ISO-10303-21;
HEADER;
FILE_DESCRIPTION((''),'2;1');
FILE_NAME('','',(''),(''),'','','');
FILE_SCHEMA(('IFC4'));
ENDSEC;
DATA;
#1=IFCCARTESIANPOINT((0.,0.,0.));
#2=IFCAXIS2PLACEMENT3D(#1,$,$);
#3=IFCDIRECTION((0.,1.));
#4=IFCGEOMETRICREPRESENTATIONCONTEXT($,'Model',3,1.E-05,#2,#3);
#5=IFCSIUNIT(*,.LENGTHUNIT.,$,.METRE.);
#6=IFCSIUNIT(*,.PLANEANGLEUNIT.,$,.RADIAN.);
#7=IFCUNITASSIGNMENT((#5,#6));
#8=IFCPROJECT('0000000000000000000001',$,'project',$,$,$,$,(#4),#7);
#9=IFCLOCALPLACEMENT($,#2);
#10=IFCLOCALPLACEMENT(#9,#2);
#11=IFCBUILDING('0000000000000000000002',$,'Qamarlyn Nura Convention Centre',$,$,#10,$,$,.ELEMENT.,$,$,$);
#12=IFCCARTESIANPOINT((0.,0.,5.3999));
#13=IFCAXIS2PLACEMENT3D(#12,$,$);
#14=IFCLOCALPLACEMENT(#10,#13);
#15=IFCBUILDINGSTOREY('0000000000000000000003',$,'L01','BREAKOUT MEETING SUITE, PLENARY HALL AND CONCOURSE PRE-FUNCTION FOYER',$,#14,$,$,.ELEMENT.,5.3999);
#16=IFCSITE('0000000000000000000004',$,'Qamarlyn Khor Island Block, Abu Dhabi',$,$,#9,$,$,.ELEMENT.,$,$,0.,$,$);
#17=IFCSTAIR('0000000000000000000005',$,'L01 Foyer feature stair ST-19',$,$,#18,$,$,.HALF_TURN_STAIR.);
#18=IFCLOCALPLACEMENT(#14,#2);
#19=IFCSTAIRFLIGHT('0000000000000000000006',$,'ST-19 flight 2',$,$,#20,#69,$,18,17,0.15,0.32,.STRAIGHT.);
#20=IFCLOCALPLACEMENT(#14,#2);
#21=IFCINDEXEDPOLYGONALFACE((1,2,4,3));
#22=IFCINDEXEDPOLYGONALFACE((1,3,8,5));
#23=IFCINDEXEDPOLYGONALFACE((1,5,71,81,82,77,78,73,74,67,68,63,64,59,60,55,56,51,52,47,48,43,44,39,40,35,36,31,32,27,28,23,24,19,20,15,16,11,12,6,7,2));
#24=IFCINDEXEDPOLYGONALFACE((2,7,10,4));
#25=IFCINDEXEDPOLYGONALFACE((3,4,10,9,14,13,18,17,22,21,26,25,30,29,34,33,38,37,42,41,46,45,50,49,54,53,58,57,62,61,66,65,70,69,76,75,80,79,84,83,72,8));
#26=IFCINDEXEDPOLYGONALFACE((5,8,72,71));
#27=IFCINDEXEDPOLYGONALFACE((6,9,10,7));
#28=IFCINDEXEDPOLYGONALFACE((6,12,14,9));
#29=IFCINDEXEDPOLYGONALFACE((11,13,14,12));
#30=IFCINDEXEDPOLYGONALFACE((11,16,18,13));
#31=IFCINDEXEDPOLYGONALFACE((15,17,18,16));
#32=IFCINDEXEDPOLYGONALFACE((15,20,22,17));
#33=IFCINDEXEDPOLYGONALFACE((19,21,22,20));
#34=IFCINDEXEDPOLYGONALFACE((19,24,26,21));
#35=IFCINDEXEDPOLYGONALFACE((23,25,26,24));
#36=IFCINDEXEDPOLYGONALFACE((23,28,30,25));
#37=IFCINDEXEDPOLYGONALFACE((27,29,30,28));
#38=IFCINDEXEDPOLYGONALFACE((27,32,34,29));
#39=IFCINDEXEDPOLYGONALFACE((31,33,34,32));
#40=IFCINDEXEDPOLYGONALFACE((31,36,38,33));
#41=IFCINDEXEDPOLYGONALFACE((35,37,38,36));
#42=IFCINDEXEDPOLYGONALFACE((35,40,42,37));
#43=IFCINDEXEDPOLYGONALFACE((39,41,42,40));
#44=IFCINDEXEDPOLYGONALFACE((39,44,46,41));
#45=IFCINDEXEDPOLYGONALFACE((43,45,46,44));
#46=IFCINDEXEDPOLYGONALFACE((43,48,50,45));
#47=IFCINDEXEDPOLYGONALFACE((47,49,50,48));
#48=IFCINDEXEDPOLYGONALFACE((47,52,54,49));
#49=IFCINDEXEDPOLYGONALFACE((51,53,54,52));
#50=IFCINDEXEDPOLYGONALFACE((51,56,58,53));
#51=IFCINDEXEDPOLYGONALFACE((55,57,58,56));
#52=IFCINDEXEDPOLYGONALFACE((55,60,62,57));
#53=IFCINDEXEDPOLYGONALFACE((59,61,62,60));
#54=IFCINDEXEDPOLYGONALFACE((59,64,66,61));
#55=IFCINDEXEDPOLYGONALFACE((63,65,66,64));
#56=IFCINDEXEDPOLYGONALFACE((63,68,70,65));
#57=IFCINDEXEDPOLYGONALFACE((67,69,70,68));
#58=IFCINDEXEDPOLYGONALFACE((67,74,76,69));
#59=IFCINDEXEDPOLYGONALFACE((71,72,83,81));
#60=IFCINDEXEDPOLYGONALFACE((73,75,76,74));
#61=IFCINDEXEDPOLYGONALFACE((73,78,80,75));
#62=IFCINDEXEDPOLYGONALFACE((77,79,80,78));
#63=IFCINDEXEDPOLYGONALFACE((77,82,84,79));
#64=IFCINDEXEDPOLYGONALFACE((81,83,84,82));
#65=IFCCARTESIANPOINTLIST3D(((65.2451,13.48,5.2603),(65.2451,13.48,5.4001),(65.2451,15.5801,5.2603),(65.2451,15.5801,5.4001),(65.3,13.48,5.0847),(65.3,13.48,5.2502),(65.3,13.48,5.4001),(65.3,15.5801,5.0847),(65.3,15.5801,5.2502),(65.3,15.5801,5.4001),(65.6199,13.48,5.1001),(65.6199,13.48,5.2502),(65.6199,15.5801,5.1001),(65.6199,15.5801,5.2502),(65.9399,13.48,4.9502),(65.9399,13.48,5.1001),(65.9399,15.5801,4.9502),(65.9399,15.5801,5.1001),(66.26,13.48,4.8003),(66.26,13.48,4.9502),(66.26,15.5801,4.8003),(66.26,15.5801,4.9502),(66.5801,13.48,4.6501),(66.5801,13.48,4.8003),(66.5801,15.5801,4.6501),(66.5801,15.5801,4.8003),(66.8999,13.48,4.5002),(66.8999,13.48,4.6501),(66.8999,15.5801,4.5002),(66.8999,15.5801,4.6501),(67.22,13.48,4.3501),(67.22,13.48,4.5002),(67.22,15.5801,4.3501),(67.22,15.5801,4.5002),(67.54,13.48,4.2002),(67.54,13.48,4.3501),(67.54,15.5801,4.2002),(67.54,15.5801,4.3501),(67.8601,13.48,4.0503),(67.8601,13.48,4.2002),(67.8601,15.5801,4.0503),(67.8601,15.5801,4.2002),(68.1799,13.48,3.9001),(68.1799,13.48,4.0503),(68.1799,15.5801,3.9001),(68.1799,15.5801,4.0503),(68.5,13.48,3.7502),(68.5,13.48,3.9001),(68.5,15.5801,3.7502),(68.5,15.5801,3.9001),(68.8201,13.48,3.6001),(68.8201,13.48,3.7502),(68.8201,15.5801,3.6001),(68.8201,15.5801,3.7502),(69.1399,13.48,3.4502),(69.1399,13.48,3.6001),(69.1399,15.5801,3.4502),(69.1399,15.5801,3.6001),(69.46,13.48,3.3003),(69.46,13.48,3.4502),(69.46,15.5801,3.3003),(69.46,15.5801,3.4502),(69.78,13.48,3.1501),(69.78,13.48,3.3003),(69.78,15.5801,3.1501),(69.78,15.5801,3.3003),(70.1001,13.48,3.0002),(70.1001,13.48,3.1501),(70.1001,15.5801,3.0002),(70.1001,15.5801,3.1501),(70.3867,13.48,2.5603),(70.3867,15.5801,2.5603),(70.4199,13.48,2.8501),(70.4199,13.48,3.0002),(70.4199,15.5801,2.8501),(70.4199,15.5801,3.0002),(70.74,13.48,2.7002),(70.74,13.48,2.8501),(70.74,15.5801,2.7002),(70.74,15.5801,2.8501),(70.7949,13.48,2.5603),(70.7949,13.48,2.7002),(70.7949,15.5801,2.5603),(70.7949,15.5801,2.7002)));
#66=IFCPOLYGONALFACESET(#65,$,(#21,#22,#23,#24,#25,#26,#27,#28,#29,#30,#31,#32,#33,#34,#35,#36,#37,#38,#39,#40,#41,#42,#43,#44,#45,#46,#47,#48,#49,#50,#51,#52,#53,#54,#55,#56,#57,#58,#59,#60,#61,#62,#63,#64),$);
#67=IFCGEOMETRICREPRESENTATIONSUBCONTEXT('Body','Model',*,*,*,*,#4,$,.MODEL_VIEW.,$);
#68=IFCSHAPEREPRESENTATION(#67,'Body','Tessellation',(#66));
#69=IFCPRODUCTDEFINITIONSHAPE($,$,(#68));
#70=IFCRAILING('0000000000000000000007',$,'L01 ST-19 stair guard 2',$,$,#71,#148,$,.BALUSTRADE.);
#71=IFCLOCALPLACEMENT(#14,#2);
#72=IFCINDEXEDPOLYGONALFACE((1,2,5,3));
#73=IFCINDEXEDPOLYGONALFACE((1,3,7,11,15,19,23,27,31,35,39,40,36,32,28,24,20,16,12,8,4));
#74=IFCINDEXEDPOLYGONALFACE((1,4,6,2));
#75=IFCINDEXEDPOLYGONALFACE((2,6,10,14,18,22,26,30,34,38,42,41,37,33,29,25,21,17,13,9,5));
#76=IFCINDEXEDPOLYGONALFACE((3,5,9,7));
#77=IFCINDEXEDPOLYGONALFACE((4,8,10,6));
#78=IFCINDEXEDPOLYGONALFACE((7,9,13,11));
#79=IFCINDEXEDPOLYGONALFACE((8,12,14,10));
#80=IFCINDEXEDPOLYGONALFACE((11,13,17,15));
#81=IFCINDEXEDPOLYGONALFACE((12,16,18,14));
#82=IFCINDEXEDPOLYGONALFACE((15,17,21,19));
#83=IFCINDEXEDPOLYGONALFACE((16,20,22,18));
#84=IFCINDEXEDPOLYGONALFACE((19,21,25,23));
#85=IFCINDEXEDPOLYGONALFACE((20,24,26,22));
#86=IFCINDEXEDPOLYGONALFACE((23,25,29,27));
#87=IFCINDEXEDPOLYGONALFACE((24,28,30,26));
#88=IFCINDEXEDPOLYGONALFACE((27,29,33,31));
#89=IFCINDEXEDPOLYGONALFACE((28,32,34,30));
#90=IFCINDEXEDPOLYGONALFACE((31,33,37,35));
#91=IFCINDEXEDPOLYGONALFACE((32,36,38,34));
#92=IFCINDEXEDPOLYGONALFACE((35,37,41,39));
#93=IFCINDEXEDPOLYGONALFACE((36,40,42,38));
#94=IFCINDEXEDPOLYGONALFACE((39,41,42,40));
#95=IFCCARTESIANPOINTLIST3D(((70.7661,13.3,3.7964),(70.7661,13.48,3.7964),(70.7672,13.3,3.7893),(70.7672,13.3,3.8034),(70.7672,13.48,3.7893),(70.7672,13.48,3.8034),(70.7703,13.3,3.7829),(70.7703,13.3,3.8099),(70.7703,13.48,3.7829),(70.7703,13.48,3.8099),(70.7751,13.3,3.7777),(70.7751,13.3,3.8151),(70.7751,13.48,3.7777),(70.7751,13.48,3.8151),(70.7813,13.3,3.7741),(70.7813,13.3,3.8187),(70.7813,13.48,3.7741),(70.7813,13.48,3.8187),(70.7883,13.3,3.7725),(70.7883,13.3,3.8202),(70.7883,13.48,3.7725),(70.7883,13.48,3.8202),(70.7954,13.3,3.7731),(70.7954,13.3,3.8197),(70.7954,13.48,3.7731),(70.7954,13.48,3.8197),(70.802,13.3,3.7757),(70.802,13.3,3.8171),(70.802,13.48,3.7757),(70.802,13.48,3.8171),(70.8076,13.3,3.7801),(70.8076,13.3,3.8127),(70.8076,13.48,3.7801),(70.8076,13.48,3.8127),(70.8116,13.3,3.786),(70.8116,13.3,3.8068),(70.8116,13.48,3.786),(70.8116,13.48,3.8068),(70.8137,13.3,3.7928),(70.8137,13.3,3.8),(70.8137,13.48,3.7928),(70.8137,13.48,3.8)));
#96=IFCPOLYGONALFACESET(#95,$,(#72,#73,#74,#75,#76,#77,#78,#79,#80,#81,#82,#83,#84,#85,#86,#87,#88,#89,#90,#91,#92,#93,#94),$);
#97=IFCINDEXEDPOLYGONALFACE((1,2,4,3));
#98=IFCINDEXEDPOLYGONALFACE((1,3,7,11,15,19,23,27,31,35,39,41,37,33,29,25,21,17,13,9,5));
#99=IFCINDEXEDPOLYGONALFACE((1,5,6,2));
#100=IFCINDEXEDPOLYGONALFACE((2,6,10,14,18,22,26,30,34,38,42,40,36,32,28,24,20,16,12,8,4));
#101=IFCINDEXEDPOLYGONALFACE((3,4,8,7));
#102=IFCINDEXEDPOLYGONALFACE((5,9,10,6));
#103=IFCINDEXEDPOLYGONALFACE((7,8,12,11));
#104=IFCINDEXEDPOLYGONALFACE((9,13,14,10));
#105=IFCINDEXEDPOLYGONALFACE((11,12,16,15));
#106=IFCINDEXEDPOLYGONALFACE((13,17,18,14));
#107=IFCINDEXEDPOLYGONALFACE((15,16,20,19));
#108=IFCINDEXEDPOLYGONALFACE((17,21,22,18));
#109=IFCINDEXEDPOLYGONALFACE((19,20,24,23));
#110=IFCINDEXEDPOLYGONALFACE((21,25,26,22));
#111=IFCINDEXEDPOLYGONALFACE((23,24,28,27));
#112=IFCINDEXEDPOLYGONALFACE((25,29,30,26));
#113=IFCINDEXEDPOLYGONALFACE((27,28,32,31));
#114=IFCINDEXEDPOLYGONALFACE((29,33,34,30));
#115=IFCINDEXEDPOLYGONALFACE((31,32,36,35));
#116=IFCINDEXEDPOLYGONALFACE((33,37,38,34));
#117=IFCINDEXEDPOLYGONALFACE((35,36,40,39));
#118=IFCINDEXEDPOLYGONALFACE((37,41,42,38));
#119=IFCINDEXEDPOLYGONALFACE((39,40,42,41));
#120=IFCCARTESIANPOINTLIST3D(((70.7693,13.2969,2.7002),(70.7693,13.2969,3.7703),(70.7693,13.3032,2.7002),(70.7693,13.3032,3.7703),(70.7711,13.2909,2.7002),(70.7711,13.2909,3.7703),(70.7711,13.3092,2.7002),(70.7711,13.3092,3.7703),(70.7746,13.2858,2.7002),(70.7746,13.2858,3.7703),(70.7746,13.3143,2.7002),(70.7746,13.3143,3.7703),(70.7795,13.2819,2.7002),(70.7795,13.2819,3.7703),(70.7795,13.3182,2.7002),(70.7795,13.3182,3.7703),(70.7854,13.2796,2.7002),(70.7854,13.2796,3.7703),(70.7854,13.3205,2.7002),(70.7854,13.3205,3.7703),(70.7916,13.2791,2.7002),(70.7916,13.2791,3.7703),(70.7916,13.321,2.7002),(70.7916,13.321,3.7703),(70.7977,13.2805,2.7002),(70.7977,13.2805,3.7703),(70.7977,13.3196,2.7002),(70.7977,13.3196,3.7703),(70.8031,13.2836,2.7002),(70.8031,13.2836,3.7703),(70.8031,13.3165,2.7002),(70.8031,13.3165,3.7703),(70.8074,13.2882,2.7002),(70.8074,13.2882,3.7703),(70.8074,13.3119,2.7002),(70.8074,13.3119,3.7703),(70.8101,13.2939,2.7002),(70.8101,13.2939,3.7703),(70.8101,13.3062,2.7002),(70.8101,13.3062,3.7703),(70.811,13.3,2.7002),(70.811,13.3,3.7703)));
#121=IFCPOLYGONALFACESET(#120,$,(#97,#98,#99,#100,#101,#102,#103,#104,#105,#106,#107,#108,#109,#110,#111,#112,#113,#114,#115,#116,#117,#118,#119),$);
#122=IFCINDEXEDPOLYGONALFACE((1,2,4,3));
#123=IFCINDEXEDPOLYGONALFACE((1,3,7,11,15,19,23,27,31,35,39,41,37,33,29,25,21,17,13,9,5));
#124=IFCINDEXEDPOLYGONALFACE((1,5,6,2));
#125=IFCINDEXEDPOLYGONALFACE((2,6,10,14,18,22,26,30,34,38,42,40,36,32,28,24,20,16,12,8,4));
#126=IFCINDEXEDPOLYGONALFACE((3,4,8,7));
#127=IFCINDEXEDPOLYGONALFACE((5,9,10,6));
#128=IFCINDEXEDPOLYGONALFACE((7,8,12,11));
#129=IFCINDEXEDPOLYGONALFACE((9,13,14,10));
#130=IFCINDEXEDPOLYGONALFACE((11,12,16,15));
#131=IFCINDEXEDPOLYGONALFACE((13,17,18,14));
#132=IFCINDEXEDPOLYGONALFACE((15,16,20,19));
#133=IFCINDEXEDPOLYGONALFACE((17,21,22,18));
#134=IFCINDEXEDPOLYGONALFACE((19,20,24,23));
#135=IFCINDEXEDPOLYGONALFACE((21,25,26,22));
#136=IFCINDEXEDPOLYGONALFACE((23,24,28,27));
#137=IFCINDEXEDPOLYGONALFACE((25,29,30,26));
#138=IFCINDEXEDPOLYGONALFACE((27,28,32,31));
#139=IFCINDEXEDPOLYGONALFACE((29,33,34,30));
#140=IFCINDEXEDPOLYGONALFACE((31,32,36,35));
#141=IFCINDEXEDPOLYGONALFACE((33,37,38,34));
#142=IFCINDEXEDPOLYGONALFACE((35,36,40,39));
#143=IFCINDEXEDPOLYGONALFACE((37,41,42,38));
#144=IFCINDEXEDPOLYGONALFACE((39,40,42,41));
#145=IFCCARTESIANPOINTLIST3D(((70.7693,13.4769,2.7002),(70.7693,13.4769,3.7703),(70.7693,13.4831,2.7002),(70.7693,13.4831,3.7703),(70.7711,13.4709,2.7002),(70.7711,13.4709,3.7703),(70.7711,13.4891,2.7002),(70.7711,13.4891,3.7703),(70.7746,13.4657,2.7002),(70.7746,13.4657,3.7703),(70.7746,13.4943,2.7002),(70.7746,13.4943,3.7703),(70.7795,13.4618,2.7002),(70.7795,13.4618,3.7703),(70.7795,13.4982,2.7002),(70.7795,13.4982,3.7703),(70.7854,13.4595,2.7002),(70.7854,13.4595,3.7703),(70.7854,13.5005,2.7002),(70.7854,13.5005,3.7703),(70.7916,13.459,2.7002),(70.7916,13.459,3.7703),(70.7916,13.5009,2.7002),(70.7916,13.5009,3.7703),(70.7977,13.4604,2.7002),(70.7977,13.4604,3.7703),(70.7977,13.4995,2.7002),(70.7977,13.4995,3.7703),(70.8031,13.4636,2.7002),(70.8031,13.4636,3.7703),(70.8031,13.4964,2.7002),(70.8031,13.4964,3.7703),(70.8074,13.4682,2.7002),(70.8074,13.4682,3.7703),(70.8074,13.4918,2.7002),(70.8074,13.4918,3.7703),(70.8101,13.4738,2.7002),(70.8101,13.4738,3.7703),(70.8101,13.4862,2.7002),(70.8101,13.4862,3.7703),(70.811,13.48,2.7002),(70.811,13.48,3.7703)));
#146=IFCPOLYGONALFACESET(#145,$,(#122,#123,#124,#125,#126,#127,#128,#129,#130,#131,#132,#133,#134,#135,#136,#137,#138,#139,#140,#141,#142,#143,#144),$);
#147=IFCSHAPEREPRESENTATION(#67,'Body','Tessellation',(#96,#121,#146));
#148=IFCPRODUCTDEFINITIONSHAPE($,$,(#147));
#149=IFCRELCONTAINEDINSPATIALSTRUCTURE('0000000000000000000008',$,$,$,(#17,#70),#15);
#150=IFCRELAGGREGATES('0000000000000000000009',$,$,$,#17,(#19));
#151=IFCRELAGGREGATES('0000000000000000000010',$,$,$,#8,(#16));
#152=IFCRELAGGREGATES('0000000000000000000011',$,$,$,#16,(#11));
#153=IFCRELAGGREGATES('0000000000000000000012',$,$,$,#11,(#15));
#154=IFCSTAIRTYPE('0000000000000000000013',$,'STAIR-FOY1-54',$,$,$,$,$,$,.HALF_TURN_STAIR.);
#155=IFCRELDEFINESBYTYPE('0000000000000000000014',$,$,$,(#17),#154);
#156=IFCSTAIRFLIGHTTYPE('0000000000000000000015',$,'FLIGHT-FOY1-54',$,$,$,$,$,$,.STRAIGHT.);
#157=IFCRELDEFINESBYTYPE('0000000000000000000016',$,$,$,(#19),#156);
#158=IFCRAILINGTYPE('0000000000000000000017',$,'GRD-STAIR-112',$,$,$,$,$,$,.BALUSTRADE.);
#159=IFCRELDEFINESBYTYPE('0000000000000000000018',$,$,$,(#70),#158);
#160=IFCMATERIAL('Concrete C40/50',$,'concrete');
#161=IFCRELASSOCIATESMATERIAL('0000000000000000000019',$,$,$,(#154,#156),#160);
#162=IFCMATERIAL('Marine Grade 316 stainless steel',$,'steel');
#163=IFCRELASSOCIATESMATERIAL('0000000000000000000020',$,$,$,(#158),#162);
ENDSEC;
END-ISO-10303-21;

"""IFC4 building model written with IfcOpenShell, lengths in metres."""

from ifc_helpers import new_model, si_unit, direction, frame, origin, origin_2d, place, context, subcontext, project, spatial, polyline, circle, outline, extrude, material, type_object, element, aggregate, save


model = new_model("IFC4")

# Units and contexts
model_context = context("Model", 3, precision=1e-05, world=origin(), true_north=direction((0.0, 1.0)))
body_context = subcontext(model_context, "Body", "Model", "MODEL_VIEW")
ifc_project = project(units=[si_unit("LENGTHUNIT", "METRE"), si_unit("PLANEANGLEUNIT", "RADIAN")], contexts=[model_context])

# Site, building, storey
site_placement = place(None, origin())
site = spatial("IfcSite", under=ifc_project, at=site_placement, Name="Qamarlyn Khor Island Block, Abu Dhabi", CompositionType="ELEMENT", RefElevation=0.0)
building_placement = place(site_placement, origin())
building = spatial("IfcBuilding", under=site, at=building_placement, Name="Qamarlyn Nura Convention Centre", CompositionType="ELEMENT")
storey_placement = place(building_placement, frame((0.0, 0.0, 5.3999)))
storey = spatial("IfcBuildingStorey", under=building, at=storey_placement, Name="L01", Description="BREAKOUT MEETING SUITE, PLENARY HALL AND CONCOURSE PRE-FUNCTION FOYER", CompositionType="ELEMENT", Elevation=5.3999)

# Stair, stair flight
ifc_material_1 = material(Name="Concrete C40/50", Category="concrete")
stair_type = type_object("IfcStairType", Name="STAIR-FOY1-54", PredefinedType="HALF_TURN_STAIR", material=ifc_material_1)
stair_placement = place(storey_placement, origin())
stair = element("IfcStair", 1, at=stair_placement, inside=storey, type_object=stair_type, Name="L01 Foyer feature stair ST-19", PredefinedType="HALF_TURN_STAIR")
stair_flight_type = type_object("IfcStairFlightType", Name="FLIGHT-FOY1-54", PredefinedType="STRAIGHT", material=ifc_material_1)
stair_flight_placement = place(storey_placement, frame((70.74, 14.53, 2.7002), z_axis=(0.0, 0.0, 1.0), x_axis=(-1.0, 0.0, 0.0)))
stair_flight = element("IfcStairFlight", 2, at=stair_flight_placement, type_object=stair_flight_type, Name="ST-19 flight 2", NumberOfRisers=18, NumberOfTreads=17, PredefinedType="STRAIGHT", RiserHeight=0.15, TreadLength=0.32, context=body_context, shape_type="SweptSolid", body=[
    extrude(outline(polyline([(-0.0549, 0.0), (0.0, 0.0), (0.0, 0.1499), (0.3201, 0.1499), (0.3201, 0.3), (0.6399, 0.3), (0.6399, 0.45), (0.96, 0.45), (0.96, 0.6001), (1.28, 0.6001), (1.28, 0.75), (1.6001, 0.75), (1.6001, 0.8999), (1.9199, 0.8999), (1.9199, 1.05), (2.24, 1.05), (2.24, 1.2), (2.5601, 1.2), (2.5601, 1.3501), (2.8799, 1.3501), (2.8799, 1.5), (3.2, 1.5), (3.2, 1.6499), (3.52, 1.6499), (3.52, 1.8), (3.8401, 1.8), (3.8401, 1.95), (4.1599, 1.95), (4.1599, 2.1001), (4.48, 2.1001), (4.48, 2.25), (4.8, 2.25), (4.8, 2.3999), (5.1201, 2.3999), (5.1201, 2.55), (5.4399, 2.55), (5.4399, 2.7), (5.4949, 2.7), (5.4949, 2.5601), (5.4399, 2.3845), (0.3533, -0.1399), (-0.0549, -0.1399), (-0.0549, 0.0)])), frame((0.0, 1.05, 0.0), z_axis=(0.0, -1.0, 0.0), x_axis=(1.0, 0.0, 0.0)), (0.0, 0.0, 1.0), 2.1001),
])
aggregate(stair, [stair_flight])

# Railing
ifc_material_2 = material(Name="Marine Grade 316 stainless steel", Category="steel")
railing_type_1 = type_object("IfcRailingType", Name="GRD-STAIR-112", PredefinedType="BALUSTRADE", material=ifc_material_2)
railing_1_placement = place(storey_placement, frame((70.79, 13.3, 2.7002)))
element("IfcRailing", 3, at=railing_1_placement, inside=storey, type_object=railing_type_1, Name="L01 ST-19 stair guard 2", PredefinedType="BALUSTRADE", context=body_context, shape_type="SweptSolid", body=[
    extrude(circle(Radius=0.0239, at=origin_2d()), frame((0.0, 0.0, 1.0962), z_axis=(0.0, 1.0, 0.0), x_axis=(-1.0, 0.0, 0.0)), (0.0, 0.0, 1.0), 0.1799),
    extrude(circle(Radius=0.021, at=origin_2d()), origin(), (0.0, 0.0, 1.0), 1.0701),
    extrude(circle(Radius=0.021, at=origin_2d()), frame((0.0, 0.1799, 0.0)), (0.0, 0.0, 1.0), 1.0701),
])

save(model, "model.ifc")
